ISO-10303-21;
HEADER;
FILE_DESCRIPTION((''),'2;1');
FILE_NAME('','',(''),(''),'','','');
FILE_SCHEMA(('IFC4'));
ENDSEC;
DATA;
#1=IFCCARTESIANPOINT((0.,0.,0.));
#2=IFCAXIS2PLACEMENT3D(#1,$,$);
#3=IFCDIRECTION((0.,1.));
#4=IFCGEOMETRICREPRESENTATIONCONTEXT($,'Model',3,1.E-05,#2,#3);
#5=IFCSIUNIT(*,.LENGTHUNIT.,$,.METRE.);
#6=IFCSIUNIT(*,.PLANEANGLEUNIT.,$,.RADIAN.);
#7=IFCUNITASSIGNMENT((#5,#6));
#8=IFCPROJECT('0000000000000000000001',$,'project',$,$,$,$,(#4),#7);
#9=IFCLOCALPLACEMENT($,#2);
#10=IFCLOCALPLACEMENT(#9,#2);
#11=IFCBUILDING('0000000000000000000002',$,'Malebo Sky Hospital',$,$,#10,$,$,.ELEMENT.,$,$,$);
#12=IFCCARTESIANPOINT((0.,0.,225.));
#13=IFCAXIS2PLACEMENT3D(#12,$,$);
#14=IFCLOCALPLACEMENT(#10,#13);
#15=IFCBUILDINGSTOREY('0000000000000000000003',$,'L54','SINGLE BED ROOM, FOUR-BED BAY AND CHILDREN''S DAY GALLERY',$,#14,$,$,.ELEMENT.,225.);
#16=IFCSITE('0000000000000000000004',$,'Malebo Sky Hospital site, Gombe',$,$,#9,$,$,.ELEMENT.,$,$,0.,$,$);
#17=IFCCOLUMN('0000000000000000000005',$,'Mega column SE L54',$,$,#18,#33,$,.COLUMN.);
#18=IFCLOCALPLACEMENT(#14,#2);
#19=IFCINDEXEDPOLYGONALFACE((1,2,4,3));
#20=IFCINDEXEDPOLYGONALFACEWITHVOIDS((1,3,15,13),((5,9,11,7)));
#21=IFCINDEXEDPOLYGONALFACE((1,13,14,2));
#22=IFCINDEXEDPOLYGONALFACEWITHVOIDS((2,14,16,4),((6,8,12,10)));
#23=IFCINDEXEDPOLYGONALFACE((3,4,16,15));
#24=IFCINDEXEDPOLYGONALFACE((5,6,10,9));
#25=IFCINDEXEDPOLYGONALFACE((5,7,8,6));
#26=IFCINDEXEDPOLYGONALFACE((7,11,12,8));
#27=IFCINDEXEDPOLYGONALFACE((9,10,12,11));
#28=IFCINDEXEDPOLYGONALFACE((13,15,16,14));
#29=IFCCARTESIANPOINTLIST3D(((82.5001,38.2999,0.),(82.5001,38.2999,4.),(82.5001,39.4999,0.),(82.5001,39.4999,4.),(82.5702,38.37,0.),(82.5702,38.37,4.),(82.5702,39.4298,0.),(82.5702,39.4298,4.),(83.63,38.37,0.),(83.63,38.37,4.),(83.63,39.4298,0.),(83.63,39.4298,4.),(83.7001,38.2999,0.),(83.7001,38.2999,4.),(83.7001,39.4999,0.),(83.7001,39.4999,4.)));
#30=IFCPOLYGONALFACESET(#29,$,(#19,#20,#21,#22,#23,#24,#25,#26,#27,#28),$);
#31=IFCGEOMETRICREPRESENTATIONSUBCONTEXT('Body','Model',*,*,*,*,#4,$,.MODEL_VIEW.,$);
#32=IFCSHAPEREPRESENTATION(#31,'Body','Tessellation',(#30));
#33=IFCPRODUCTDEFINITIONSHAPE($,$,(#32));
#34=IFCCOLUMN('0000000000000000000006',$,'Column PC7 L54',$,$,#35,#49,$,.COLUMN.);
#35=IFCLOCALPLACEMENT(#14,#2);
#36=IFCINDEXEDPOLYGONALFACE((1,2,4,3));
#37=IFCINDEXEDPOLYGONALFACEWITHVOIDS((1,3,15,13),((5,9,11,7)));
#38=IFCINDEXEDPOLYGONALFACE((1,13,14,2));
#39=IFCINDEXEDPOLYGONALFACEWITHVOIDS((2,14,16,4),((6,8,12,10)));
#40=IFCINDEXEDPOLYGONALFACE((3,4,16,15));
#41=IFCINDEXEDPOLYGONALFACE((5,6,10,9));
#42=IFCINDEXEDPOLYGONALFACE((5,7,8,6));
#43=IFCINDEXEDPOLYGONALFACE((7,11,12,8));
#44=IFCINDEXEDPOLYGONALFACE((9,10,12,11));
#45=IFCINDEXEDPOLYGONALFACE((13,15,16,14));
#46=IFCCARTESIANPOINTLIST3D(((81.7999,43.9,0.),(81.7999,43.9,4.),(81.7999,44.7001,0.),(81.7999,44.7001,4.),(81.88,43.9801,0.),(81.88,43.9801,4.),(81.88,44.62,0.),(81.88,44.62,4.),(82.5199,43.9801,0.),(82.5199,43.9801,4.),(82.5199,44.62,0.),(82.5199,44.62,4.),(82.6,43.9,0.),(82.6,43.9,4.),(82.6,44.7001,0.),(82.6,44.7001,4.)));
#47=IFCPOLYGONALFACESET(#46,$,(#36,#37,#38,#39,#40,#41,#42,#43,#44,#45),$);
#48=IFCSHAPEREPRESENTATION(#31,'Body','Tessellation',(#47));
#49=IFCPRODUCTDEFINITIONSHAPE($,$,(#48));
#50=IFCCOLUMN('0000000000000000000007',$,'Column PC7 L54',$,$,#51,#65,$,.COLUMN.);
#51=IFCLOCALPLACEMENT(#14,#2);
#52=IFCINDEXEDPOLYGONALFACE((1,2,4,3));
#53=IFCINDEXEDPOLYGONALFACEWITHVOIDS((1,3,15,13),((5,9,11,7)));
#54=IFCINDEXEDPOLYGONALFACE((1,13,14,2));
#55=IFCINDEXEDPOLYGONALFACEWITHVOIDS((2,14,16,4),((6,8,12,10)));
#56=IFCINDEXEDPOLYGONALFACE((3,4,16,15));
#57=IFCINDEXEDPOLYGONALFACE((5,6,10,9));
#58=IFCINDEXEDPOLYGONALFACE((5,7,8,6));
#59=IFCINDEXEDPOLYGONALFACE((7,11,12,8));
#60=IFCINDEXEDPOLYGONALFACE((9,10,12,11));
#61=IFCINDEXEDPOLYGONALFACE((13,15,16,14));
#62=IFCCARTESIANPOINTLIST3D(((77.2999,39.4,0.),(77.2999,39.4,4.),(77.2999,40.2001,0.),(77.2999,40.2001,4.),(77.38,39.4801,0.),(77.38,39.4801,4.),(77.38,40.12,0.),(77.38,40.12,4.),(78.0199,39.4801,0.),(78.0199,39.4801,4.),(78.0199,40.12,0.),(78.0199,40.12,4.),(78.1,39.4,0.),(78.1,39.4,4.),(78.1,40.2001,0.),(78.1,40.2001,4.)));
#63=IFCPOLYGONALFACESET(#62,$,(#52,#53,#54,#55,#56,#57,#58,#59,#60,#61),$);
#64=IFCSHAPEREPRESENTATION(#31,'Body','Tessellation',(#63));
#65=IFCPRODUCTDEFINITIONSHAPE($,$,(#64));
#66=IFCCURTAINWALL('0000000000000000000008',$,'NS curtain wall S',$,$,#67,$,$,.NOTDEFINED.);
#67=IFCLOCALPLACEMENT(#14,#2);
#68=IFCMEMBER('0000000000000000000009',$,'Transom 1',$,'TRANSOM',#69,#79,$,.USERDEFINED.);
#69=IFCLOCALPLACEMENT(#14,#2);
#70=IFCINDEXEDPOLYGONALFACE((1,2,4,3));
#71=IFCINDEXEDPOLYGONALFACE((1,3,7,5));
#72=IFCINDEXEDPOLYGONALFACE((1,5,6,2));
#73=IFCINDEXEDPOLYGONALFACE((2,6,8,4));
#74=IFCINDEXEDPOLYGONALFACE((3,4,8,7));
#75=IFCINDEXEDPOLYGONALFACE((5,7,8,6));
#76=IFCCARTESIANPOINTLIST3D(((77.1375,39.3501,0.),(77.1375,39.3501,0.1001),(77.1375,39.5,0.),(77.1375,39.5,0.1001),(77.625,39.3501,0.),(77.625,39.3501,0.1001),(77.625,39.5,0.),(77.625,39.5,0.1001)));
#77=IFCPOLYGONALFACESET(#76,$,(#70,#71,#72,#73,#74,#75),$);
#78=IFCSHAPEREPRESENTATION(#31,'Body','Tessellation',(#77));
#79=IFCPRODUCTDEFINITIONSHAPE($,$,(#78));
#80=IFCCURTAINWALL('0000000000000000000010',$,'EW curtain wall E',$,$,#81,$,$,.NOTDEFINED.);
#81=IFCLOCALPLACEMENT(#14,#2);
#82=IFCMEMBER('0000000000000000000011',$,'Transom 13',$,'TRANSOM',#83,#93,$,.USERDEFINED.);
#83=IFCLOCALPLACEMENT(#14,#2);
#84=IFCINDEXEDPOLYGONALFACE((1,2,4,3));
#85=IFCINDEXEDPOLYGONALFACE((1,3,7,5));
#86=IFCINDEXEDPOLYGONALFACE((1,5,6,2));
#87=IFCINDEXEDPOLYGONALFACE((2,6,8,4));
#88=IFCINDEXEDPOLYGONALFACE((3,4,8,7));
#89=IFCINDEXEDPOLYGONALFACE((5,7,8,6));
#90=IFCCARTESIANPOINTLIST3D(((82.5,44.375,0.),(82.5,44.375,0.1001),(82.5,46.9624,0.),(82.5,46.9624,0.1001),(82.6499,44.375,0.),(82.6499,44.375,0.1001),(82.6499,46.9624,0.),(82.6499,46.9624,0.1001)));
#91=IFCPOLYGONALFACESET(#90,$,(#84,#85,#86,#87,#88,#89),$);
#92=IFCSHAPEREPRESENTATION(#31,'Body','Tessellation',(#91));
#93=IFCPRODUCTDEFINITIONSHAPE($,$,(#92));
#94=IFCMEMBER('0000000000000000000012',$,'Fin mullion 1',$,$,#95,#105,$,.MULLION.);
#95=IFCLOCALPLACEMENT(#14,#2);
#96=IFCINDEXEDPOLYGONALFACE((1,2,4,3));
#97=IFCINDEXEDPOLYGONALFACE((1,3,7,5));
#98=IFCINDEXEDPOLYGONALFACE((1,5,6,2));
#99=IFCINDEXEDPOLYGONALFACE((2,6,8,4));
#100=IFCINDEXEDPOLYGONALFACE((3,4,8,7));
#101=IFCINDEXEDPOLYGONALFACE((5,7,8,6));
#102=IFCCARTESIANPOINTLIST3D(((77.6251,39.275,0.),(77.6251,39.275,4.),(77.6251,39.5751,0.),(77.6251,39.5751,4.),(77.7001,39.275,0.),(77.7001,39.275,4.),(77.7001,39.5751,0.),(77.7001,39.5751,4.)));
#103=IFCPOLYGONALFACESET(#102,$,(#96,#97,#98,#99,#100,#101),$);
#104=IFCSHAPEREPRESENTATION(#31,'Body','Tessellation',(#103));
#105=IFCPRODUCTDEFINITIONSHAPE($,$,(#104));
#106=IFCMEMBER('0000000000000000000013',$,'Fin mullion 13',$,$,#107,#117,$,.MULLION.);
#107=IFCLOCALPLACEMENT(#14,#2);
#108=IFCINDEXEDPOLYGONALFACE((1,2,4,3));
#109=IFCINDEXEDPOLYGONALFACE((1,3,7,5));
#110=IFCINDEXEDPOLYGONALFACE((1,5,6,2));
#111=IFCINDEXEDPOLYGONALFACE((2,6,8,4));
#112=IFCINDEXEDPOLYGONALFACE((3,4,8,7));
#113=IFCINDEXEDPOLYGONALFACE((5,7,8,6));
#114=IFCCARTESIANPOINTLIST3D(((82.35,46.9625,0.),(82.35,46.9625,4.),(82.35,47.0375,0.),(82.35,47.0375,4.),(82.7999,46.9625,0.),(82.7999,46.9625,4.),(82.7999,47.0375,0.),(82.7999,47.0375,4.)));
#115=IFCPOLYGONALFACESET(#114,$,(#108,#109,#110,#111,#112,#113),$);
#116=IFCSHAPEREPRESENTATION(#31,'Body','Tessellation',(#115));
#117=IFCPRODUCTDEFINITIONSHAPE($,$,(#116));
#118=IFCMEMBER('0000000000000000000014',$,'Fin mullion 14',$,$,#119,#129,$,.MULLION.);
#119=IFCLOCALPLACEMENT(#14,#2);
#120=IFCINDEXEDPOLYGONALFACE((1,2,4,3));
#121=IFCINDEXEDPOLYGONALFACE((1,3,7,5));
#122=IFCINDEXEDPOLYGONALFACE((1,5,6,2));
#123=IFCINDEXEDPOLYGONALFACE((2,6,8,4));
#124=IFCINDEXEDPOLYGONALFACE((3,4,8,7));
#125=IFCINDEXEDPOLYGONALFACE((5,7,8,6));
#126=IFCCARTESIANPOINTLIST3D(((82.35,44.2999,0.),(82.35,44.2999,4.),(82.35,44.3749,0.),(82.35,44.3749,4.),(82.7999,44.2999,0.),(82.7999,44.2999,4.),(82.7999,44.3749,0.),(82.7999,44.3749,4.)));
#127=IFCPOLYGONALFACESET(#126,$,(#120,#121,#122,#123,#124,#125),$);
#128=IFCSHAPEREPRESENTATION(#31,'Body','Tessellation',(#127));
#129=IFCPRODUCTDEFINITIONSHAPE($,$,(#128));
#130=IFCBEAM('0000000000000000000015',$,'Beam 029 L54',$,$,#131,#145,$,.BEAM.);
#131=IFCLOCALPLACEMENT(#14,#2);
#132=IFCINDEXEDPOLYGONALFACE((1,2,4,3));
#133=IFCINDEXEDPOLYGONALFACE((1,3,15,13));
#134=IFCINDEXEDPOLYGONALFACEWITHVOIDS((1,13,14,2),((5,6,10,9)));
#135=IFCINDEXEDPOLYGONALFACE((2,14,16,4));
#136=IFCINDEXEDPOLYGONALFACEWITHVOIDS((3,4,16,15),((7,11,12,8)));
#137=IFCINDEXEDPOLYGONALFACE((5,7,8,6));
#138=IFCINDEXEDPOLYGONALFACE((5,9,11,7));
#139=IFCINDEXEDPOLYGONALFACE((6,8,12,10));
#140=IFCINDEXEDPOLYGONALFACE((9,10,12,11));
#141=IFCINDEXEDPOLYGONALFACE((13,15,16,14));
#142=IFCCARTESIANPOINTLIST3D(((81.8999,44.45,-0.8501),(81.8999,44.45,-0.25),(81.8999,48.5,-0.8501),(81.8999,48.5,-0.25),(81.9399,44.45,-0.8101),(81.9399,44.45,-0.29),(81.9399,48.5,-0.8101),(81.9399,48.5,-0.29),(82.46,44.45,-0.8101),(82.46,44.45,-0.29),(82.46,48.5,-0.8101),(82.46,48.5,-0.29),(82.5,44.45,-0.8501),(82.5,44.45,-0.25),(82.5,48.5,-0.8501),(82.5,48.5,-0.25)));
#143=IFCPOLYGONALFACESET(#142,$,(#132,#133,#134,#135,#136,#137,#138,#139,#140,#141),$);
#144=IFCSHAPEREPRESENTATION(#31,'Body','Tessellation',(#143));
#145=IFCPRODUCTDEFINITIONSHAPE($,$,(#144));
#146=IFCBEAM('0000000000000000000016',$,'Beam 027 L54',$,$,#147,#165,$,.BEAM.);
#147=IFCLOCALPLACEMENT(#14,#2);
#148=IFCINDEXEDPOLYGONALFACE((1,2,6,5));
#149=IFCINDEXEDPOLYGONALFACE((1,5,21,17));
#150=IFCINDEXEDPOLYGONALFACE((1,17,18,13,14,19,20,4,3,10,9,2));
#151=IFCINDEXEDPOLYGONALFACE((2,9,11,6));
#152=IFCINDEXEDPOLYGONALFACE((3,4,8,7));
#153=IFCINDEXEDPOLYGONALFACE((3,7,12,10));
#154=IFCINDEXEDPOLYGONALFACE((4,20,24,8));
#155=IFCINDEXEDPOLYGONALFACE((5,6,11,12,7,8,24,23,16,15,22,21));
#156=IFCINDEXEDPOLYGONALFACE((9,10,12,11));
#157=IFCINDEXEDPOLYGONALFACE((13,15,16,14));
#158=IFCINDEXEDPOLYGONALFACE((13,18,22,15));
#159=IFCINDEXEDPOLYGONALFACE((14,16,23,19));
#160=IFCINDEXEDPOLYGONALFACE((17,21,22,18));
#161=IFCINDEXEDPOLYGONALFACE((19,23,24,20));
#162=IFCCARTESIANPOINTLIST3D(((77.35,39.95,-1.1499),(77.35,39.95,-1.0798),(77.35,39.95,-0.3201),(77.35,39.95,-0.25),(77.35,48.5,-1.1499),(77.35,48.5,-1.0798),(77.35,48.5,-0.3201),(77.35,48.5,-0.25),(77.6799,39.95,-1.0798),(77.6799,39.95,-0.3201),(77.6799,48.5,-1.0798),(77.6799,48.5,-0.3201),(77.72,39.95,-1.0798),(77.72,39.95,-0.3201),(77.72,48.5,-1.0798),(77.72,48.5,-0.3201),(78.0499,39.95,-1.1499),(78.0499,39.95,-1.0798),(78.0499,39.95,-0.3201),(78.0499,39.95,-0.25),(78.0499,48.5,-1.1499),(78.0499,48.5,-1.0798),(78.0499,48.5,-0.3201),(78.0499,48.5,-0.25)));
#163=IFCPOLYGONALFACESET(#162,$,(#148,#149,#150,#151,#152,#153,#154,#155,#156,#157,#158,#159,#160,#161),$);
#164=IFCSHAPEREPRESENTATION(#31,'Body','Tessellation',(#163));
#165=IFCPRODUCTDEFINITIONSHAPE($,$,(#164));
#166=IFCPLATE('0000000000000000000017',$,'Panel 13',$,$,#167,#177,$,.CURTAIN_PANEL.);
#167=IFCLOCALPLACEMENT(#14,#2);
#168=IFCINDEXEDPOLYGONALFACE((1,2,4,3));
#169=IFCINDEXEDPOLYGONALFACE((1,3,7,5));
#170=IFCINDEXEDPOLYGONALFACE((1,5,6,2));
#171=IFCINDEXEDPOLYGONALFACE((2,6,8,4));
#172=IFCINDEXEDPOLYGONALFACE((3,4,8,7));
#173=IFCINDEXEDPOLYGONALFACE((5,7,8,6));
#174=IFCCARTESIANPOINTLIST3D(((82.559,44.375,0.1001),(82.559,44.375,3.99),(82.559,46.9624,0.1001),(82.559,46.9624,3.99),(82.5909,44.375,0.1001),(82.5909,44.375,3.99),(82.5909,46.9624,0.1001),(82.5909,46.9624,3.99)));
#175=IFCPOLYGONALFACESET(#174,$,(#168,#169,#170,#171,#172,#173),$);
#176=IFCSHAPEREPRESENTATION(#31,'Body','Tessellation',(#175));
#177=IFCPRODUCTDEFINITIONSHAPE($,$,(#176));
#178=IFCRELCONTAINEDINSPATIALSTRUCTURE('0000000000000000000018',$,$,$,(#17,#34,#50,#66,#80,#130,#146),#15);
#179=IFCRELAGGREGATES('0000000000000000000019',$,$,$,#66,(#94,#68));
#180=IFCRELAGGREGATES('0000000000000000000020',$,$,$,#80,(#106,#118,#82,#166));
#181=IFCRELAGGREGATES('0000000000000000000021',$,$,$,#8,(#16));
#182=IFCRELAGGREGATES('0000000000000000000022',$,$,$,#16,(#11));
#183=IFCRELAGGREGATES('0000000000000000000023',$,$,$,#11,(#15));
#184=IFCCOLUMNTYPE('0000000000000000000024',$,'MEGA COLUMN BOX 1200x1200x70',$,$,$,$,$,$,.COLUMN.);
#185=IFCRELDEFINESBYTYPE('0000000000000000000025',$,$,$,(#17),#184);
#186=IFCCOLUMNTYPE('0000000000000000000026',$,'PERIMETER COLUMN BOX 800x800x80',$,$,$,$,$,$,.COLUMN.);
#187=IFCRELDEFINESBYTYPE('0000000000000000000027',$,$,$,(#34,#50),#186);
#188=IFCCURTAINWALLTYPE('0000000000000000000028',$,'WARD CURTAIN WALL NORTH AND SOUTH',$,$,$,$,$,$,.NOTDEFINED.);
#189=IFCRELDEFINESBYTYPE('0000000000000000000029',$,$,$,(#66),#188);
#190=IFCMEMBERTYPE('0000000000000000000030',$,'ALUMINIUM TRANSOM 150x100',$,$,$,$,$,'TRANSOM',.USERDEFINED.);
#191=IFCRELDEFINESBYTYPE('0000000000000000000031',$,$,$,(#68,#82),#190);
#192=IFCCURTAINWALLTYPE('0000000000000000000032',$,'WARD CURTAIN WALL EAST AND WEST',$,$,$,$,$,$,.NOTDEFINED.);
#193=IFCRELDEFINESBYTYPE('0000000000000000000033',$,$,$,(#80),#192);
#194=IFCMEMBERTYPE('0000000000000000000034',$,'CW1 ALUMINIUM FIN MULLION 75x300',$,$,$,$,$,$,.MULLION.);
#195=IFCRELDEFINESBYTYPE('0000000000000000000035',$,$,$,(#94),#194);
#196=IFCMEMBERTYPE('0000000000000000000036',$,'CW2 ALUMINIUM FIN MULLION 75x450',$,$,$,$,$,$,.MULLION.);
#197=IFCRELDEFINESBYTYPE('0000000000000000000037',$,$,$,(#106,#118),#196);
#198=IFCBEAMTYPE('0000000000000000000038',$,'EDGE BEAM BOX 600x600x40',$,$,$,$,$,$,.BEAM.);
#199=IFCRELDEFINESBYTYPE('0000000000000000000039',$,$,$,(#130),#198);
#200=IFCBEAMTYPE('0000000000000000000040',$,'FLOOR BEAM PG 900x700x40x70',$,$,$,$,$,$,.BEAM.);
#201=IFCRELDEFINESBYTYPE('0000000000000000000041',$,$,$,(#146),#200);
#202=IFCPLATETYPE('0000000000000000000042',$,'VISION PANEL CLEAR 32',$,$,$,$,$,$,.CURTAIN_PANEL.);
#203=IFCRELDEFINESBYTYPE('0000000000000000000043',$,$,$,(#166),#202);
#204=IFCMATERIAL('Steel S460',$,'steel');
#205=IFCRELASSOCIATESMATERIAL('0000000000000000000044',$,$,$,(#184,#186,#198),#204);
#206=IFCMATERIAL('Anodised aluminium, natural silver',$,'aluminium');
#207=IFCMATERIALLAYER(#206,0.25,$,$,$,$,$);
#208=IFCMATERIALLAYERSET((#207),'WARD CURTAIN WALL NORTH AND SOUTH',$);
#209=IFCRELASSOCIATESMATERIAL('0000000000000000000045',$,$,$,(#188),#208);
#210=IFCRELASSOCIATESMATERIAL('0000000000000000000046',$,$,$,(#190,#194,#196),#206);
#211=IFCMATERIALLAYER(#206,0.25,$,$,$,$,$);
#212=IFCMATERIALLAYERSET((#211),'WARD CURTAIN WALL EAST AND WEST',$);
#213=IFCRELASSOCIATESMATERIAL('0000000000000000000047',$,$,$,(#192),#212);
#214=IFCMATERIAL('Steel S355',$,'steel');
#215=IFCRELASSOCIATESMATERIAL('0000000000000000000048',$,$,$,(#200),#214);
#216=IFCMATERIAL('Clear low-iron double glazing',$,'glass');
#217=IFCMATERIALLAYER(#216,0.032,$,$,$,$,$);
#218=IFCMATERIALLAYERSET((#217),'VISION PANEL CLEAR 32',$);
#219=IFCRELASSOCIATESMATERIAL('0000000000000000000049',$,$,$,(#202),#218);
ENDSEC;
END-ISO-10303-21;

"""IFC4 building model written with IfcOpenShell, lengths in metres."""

from ifc_helpers import new_model, si_unit, direction, frame, origin, origin_2d, place, context, subcontext, project, spatial, rectangle, hollow_rectangle, i_section, extrude, material, layer, layer_set, material_profile, profile_set, type_object, element, aggregate, save


model = new_model("IFC4")

# Units and contexts
model_context = context("Model", 3, precision=1e-05, world=origin(), true_north=direction((0.0, 1.0)))
body_context = subcontext(model_context, "Body", "Model", "MODEL_VIEW")
ifc_project = project(units=[si_unit("LENGTHUNIT", "METRE"), si_unit("PLANEANGLEUNIT", "RADIAN")], contexts=[model_context])

# Site, building, storey
site_placement = place(None, origin())
site = spatial("IfcSite", under=ifc_project, at=site_placement, Name="Malebo Sky Hospital site, Gombe", CompositionType="ELEMENT", RefElevation=0.0)
building_placement = place(site_placement, origin())
building = spatial("IfcBuilding", under=site, at=building_placement, Name="Malebo Sky Hospital", CompositionType="ELEMENT")
storey_placement = place(building_placement, frame((0.0, 0.0, 225.0)))
storey = spatial("IfcBuildingStorey", under=building, at=storey_placement, Name="L54", Description="SINGLE BED ROOM, FOUR-BED BAY AND CHILDREN'S DAY GALLERY", CompositionType="ELEMENT", Elevation=225.0)

# Columns
ifc_material_1 = material(Name="Steel S460", Category="steel")
ifc_material_profile_1 = material_profile(ifc_material_1, hollow_rectangle(XDim=1.2, YDim=1.2, WallThickness=0.0701, at=origin_2d()), Name="BOX 1200x1200x70")
ifc_profile_set_1 = profile_set([ifc_material_profile_1], Name="Steel S460")
column_type_1 = type_object("IfcColumnType", Name="MEGA COLUMN BOX 1200x1200x70", PredefinedType="COLUMN", material=ifc_profile_set_1)
column_placement = place(storey_placement, frame((83.1001, 38.8999, 0.0), z_axis=(0.0, 0.0, 1.0), x_axis=(1.0, 0.0, 0.0)))
element("IfcColumn", 1, at=column_placement, inside=storey, type_object=column_type_1, Name="Mega column SE L54", PredefinedType="COLUMN", context=body_context, shape_type="SweptSolid", body=[
    extrude(hollow_rectangle(XDim=1.2, YDim=1.2, WallThickness=0.0701, at=origin_2d()), origin(), (0.0, 0.0, 1.0), 4.0),
])
ifc_material_profile_2 = material_profile(ifc_material_1, hollow_rectangle(XDim=0.8, YDim=0.8, WallThickness=0.0801, at=origin_2d()), Name="BOX 800x800x80")
ifc_profile_set_2 = profile_set([ifc_material_profile_2], Name="Steel S460")
column_type_2 = type_object("IfcColumnType", Name="PERIMETER COLUMN BOX 800x800x80", PredefinedType="COLUMN", material=ifc_profile_set_2)
for number, where, z_axis, x_axis, name in (
    (2, (82.2, 44.3, 0.0), (0.0, 0.0, 1.0), (1.0, 0.0, 0.0), "Column PC7 L54"),
    (3, (77.7, 39.8, 0.0), (0.0, 0.0, 1.0), (1.0, 0.0, 0.0), "Column PC7 L54"),
):
    element("IfcColumn", number, at=place(storey_placement, frame(where, z_axis=z_axis, x_axis=x_axis)), inside=storey, type_object=column_type_2, Name=name, PredefinedType="COLUMN", context=body_context, shape_type="SweptSolid", body=[
        extrude(hollow_rectangle(XDim=0.8, YDim=0.8, WallThickness=0.0801, at=origin_2d()), origin(), (0.0, 0.0, 1.0), 4.0),
    ])

# Curtain walls, members
ifc_material_2 = material(Name="Anodised aluminium, natural silver", Category="aluminium")
ifc_layer_1 = layer(ifc_material_2, 0.25)
ifc_layer_set_1 = layer_set([ifc_layer_1], Name="WARD CURTAIN WALL NORTH AND SOUTH")
curtain_wall_type_1 = type_object("IfcCurtainWallType", Name="WARD CURTAIN WALL NORTH AND SOUTH", PredefinedType="NOTDEFINED", material=ifc_layer_set_1)
curtain_wall_1_placement = place(storey_placement, origin())
curtain_wall_1 = element("IfcCurtainWall", 4, at=curtain_wall_1_placement, inside=storey, type_object=curtain_wall_type_1, Name="NS curtain wall S", PredefinedType="NOTDEFINED")
ifc_material_profile_3 = material_profile(ifc_material_2, rectangle(XDim=0.1499, YDim=0.1001, at=origin_2d()), Name="ALUMINIUM TRANSOM 150x100")
ifc_profile_set_3 = profile_set([ifc_material_profile_3], Name="Anodised aluminium, natural silver")
member_type_1 = type_object("IfcMemberType", Name="ALUMINIUM TRANSOM 150x100", ElementType="TRANSOM", PredefinedType="USERDEFINED", material=ifc_profile_set_3)
member_1_placement = place(storey_placement, frame((77.625, 39.425, 0.05), z_axis=(-1.0, 0.0, 0.0), x_axis=(0.0, -1.0, 0.0)))
member_1 = element("IfcMember", 5, at=member_1_placement, type_object=member_type_1, Name="Transom 1", ObjectType="TRANSOM", PredefinedType="USERDEFINED", context=body_context, shape_type="SweptSolid", body=[
    extrude(rectangle(XDim=0.1499, YDim=0.1001, at=origin_2d()), origin(), (0.0, 0.0, 1.0), 0.4875),
])
ifc_layer_2 = layer(ifc_material_2, 0.25)
ifc_layer_set_2 = layer_set([ifc_layer_2], Name="WARD CURTAIN WALL EAST AND WEST")
curtain_wall_type_2 = type_object("IfcCurtainWallType", Name="WARD CURTAIN WALL EAST AND WEST", PredefinedType="NOTDEFINED", material=ifc_layer_set_2)
curtain_wall_2_placement = place(storey_placement, origin())
curtain_wall_2 = element("IfcCurtainWall", 6, at=curtain_wall_2_placement, inside=storey, type_object=curtain_wall_type_2, Name="EW curtain wall E", PredefinedType="NOTDEFINED")
member_2_placement = place(storey_placement, frame((82.575, 46.9624, 0.05), z_axis=(0.0, -1.0, 0.0), x_axis=(1.0, 0.0, 0.0)))
member_2 = element("IfcMember", 7, at=member_2_placement, type_object=member_type_1, Name="Transom 13", ObjectType="TRANSOM", PredefinedType="USERDEFINED", context=body_context, shape_type="SweptSolid", body=[
    extrude(rectangle(XDim=0.1499, YDim=0.1001, at=origin_2d()), origin(), (0.0, 0.0, 1.0), 2.5874),
])

# Members
ifc_material_profile_4 = material_profile(ifc_material_2, rectangle(XDim=0.075, YDim=0.3, at=origin_2d()), Name="CW1 ALUMINIUM FIN MULLION 75x300")
ifc_profile_set_4 = profile_set([ifc_material_profile_4], Name="Anodised aluminium, natural silver")
member_type_2 = type_object("IfcMemberType", Name="CW1 ALUMINIUM FIN MULLION 75x300", PredefinedType="MULLION", material=ifc_profile_set_4)
member_3_placement = place(storey_placement, frame((77.6626, 39.425, 0.0), z_axis=(0.0, 0.0, 1.0), x_axis=(-1.0, 0.0, 0.0)))
member_3 = element("IfcMember", 8, at=member_3_placement, type_object=member_type_2, Name="Fin mullion 1", PredefinedType="MULLION", context=body_context, shape_type="SweptSolid", body=[
    extrude(rectangle(XDim=0.075, YDim=0.3, at=origin_2d()), origin(), (0.0, 0.0, 1.0), 4.0),
])
aggregate(curtain_wall_1, [member_3, member_1])
ifc_material_profile_5 = material_profile(ifc_material_2, rectangle(XDim=0.075, YDim=0.45, at=origin_2d()), Name="CW2 ALUMINIUM FIN MULLION 75x450")
ifc_profile_set_5 = profile_set([ifc_material_profile_5], Name="Anodised aluminium, natural silver")
member_type_3 = type_object("IfcMemberType", Name="CW2 ALUMINIUM FIN MULLION 75x450", PredefinedType="MULLION", material=ifc_profile_set_5)
member_4_placement = place(storey_placement, frame((82.575, 47.0, 0.0), z_axis=(0.0, 0.0, 1.0), x_axis=(0.0, -1.0, 0.0)))
member_4 = element("IfcMember", 9, at=member_4_placement, type_object=member_type_3, Name="Fin mullion 13", PredefinedType="MULLION", context=body_context, shape_type="SweptSolid", body=[
    extrude(rectangle(XDim=0.075, YDim=0.45, at=origin_2d()), origin(), (0.0, 0.0, 1.0), 4.0),
])
member_5_placement = place(storey_placement, frame((82.575, 44.3374, 0.0), z_axis=(0.0, 0.0, 1.0), x_axis=(0.0, -1.0, 0.0)))
member_5 = element("IfcMember", 10, at=member_5_placement, type_object=member_type_3, Name="Fin mullion 14", PredefinedType="MULLION", context=body_context, shape_type="SweptSolid", body=[
    extrude(rectangle(XDim=0.075, YDim=0.45, at=origin_2d()), origin(), (0.0, 0.0, 1.0), 4.0),
])

# Beams
ifc_material_profile_6 = material_profile(ifc_material_1, hollow_rectangle(XDim=0.6001, YDim=0.6001, WallThickness=0.04, at=origin_2d()), Name="BOX 600x600x40")
ifc_profile_set_6 = profile_set([ifc_material_profile_6], Name="Steel S460")
beam_type_1 = type_object("IfcBeamType", Name="EDGE BEAM BOX 600x600x40", PredefinedType="BEAM", material=ifc_profile_set_6)
beam_1_placement = place(storey_placement, frame((82.2, 44.45, -0.55), z_axis=(0.0, 1.0, 0.0), x_axis=(-1.0, 0.0, 0.0)))
element("IfcBeam", 11, at=beam_1_placement, inside=storey, type_object=beam_type_1, Name="Beam 029 L54", PredefinedType="BEAM", context=body_context, shape_type="SweptSolid", body=[
    extrude(hollow_rectangle(XDim=0.6001, YDim=0.6001, WallThickness=0.04, at=origin_2d()), origin(), (0.0, 0.0, 1.0), 4.05),
])
ifc_material_3 = material(Name="Steel S355", Category="steel")
ifc_material_profile_7 = material_profile(ifc_material_3, i_section(OverallWidth=0.7, OverallDepth=0.8999, WebThickness=0.04, FlangeThickness=0.0701, at=origin_2d()), Name="PG 900x700x40x70")
ifc_profile_set_7 = profile_set([ifc_material_profile_7], Name="Steel S355")
beam_type_2 = type_object("IfcBeamType", Name="FLOOR BEAM PG 900x700x40x70", PredefinedType="BEAM", material=ifc_profile_set_7)
beam_2_placement = place(storey_placement, frame((77.7, 39.95, -0.7), z_axis=(0.0, 1.0, 0.0), x_axis=(-1.0, 0.0, 0.0)))
element("IfcBeam", 12, at=beam_2_placement, inside=storey, type_object=beam_type_2, Name="Beam 027 L54", PredefinedType="BEAM", context=body_context, shape_type="SweptSolid", body=[
    extrude(i_section(OverallWidth=0.7, OverallDepth=0.8999, WebThickness=0.04, FlangeThickness=0.0701, at=origin_2d()), origin(), (0.0, 0.0, 1.0), 8.55),
])

# Plate
ifc_material_4 = material(Name="Clear low-iron double glazing", Category="glass")
ifc_layer_3 = layer(ifc_material_4, 0.032)
ifc_layer_set_3 = layer_set([ifc_layer_3], Name="VISION PANEL CLEAR 32")
plate_type = type_object("IfcPlateType", Name="VISION PANEL CLEAR 32", PredefinedType="CURTAIN_PANEL", material=ifc_layer_set_3)
plate_placement = place(storey_placement, frame((82.575, 45.6687, 0.1001), z_axis=(0.0, 0.0, 1.0), x_axis=(0.0, -1.0, 0.0)))
plate = element("IfcPlate", 13, at=plate_placement, type_object=plate_type, Name="Panel 13", PredefinedType="CURTAIN_PANEL", context=body_context, shape_type="SweptSolid", body=[
    extrude(rectangle(XDim=2.5874, YDim=0.032, at=origin_2d()), origin(), (0.0, 0.0, 1.0), 3.8899),
])
aggregate(curtain_wall_2, [member_4, member_5, member_2, plate])

save(model, "model.ifc")
